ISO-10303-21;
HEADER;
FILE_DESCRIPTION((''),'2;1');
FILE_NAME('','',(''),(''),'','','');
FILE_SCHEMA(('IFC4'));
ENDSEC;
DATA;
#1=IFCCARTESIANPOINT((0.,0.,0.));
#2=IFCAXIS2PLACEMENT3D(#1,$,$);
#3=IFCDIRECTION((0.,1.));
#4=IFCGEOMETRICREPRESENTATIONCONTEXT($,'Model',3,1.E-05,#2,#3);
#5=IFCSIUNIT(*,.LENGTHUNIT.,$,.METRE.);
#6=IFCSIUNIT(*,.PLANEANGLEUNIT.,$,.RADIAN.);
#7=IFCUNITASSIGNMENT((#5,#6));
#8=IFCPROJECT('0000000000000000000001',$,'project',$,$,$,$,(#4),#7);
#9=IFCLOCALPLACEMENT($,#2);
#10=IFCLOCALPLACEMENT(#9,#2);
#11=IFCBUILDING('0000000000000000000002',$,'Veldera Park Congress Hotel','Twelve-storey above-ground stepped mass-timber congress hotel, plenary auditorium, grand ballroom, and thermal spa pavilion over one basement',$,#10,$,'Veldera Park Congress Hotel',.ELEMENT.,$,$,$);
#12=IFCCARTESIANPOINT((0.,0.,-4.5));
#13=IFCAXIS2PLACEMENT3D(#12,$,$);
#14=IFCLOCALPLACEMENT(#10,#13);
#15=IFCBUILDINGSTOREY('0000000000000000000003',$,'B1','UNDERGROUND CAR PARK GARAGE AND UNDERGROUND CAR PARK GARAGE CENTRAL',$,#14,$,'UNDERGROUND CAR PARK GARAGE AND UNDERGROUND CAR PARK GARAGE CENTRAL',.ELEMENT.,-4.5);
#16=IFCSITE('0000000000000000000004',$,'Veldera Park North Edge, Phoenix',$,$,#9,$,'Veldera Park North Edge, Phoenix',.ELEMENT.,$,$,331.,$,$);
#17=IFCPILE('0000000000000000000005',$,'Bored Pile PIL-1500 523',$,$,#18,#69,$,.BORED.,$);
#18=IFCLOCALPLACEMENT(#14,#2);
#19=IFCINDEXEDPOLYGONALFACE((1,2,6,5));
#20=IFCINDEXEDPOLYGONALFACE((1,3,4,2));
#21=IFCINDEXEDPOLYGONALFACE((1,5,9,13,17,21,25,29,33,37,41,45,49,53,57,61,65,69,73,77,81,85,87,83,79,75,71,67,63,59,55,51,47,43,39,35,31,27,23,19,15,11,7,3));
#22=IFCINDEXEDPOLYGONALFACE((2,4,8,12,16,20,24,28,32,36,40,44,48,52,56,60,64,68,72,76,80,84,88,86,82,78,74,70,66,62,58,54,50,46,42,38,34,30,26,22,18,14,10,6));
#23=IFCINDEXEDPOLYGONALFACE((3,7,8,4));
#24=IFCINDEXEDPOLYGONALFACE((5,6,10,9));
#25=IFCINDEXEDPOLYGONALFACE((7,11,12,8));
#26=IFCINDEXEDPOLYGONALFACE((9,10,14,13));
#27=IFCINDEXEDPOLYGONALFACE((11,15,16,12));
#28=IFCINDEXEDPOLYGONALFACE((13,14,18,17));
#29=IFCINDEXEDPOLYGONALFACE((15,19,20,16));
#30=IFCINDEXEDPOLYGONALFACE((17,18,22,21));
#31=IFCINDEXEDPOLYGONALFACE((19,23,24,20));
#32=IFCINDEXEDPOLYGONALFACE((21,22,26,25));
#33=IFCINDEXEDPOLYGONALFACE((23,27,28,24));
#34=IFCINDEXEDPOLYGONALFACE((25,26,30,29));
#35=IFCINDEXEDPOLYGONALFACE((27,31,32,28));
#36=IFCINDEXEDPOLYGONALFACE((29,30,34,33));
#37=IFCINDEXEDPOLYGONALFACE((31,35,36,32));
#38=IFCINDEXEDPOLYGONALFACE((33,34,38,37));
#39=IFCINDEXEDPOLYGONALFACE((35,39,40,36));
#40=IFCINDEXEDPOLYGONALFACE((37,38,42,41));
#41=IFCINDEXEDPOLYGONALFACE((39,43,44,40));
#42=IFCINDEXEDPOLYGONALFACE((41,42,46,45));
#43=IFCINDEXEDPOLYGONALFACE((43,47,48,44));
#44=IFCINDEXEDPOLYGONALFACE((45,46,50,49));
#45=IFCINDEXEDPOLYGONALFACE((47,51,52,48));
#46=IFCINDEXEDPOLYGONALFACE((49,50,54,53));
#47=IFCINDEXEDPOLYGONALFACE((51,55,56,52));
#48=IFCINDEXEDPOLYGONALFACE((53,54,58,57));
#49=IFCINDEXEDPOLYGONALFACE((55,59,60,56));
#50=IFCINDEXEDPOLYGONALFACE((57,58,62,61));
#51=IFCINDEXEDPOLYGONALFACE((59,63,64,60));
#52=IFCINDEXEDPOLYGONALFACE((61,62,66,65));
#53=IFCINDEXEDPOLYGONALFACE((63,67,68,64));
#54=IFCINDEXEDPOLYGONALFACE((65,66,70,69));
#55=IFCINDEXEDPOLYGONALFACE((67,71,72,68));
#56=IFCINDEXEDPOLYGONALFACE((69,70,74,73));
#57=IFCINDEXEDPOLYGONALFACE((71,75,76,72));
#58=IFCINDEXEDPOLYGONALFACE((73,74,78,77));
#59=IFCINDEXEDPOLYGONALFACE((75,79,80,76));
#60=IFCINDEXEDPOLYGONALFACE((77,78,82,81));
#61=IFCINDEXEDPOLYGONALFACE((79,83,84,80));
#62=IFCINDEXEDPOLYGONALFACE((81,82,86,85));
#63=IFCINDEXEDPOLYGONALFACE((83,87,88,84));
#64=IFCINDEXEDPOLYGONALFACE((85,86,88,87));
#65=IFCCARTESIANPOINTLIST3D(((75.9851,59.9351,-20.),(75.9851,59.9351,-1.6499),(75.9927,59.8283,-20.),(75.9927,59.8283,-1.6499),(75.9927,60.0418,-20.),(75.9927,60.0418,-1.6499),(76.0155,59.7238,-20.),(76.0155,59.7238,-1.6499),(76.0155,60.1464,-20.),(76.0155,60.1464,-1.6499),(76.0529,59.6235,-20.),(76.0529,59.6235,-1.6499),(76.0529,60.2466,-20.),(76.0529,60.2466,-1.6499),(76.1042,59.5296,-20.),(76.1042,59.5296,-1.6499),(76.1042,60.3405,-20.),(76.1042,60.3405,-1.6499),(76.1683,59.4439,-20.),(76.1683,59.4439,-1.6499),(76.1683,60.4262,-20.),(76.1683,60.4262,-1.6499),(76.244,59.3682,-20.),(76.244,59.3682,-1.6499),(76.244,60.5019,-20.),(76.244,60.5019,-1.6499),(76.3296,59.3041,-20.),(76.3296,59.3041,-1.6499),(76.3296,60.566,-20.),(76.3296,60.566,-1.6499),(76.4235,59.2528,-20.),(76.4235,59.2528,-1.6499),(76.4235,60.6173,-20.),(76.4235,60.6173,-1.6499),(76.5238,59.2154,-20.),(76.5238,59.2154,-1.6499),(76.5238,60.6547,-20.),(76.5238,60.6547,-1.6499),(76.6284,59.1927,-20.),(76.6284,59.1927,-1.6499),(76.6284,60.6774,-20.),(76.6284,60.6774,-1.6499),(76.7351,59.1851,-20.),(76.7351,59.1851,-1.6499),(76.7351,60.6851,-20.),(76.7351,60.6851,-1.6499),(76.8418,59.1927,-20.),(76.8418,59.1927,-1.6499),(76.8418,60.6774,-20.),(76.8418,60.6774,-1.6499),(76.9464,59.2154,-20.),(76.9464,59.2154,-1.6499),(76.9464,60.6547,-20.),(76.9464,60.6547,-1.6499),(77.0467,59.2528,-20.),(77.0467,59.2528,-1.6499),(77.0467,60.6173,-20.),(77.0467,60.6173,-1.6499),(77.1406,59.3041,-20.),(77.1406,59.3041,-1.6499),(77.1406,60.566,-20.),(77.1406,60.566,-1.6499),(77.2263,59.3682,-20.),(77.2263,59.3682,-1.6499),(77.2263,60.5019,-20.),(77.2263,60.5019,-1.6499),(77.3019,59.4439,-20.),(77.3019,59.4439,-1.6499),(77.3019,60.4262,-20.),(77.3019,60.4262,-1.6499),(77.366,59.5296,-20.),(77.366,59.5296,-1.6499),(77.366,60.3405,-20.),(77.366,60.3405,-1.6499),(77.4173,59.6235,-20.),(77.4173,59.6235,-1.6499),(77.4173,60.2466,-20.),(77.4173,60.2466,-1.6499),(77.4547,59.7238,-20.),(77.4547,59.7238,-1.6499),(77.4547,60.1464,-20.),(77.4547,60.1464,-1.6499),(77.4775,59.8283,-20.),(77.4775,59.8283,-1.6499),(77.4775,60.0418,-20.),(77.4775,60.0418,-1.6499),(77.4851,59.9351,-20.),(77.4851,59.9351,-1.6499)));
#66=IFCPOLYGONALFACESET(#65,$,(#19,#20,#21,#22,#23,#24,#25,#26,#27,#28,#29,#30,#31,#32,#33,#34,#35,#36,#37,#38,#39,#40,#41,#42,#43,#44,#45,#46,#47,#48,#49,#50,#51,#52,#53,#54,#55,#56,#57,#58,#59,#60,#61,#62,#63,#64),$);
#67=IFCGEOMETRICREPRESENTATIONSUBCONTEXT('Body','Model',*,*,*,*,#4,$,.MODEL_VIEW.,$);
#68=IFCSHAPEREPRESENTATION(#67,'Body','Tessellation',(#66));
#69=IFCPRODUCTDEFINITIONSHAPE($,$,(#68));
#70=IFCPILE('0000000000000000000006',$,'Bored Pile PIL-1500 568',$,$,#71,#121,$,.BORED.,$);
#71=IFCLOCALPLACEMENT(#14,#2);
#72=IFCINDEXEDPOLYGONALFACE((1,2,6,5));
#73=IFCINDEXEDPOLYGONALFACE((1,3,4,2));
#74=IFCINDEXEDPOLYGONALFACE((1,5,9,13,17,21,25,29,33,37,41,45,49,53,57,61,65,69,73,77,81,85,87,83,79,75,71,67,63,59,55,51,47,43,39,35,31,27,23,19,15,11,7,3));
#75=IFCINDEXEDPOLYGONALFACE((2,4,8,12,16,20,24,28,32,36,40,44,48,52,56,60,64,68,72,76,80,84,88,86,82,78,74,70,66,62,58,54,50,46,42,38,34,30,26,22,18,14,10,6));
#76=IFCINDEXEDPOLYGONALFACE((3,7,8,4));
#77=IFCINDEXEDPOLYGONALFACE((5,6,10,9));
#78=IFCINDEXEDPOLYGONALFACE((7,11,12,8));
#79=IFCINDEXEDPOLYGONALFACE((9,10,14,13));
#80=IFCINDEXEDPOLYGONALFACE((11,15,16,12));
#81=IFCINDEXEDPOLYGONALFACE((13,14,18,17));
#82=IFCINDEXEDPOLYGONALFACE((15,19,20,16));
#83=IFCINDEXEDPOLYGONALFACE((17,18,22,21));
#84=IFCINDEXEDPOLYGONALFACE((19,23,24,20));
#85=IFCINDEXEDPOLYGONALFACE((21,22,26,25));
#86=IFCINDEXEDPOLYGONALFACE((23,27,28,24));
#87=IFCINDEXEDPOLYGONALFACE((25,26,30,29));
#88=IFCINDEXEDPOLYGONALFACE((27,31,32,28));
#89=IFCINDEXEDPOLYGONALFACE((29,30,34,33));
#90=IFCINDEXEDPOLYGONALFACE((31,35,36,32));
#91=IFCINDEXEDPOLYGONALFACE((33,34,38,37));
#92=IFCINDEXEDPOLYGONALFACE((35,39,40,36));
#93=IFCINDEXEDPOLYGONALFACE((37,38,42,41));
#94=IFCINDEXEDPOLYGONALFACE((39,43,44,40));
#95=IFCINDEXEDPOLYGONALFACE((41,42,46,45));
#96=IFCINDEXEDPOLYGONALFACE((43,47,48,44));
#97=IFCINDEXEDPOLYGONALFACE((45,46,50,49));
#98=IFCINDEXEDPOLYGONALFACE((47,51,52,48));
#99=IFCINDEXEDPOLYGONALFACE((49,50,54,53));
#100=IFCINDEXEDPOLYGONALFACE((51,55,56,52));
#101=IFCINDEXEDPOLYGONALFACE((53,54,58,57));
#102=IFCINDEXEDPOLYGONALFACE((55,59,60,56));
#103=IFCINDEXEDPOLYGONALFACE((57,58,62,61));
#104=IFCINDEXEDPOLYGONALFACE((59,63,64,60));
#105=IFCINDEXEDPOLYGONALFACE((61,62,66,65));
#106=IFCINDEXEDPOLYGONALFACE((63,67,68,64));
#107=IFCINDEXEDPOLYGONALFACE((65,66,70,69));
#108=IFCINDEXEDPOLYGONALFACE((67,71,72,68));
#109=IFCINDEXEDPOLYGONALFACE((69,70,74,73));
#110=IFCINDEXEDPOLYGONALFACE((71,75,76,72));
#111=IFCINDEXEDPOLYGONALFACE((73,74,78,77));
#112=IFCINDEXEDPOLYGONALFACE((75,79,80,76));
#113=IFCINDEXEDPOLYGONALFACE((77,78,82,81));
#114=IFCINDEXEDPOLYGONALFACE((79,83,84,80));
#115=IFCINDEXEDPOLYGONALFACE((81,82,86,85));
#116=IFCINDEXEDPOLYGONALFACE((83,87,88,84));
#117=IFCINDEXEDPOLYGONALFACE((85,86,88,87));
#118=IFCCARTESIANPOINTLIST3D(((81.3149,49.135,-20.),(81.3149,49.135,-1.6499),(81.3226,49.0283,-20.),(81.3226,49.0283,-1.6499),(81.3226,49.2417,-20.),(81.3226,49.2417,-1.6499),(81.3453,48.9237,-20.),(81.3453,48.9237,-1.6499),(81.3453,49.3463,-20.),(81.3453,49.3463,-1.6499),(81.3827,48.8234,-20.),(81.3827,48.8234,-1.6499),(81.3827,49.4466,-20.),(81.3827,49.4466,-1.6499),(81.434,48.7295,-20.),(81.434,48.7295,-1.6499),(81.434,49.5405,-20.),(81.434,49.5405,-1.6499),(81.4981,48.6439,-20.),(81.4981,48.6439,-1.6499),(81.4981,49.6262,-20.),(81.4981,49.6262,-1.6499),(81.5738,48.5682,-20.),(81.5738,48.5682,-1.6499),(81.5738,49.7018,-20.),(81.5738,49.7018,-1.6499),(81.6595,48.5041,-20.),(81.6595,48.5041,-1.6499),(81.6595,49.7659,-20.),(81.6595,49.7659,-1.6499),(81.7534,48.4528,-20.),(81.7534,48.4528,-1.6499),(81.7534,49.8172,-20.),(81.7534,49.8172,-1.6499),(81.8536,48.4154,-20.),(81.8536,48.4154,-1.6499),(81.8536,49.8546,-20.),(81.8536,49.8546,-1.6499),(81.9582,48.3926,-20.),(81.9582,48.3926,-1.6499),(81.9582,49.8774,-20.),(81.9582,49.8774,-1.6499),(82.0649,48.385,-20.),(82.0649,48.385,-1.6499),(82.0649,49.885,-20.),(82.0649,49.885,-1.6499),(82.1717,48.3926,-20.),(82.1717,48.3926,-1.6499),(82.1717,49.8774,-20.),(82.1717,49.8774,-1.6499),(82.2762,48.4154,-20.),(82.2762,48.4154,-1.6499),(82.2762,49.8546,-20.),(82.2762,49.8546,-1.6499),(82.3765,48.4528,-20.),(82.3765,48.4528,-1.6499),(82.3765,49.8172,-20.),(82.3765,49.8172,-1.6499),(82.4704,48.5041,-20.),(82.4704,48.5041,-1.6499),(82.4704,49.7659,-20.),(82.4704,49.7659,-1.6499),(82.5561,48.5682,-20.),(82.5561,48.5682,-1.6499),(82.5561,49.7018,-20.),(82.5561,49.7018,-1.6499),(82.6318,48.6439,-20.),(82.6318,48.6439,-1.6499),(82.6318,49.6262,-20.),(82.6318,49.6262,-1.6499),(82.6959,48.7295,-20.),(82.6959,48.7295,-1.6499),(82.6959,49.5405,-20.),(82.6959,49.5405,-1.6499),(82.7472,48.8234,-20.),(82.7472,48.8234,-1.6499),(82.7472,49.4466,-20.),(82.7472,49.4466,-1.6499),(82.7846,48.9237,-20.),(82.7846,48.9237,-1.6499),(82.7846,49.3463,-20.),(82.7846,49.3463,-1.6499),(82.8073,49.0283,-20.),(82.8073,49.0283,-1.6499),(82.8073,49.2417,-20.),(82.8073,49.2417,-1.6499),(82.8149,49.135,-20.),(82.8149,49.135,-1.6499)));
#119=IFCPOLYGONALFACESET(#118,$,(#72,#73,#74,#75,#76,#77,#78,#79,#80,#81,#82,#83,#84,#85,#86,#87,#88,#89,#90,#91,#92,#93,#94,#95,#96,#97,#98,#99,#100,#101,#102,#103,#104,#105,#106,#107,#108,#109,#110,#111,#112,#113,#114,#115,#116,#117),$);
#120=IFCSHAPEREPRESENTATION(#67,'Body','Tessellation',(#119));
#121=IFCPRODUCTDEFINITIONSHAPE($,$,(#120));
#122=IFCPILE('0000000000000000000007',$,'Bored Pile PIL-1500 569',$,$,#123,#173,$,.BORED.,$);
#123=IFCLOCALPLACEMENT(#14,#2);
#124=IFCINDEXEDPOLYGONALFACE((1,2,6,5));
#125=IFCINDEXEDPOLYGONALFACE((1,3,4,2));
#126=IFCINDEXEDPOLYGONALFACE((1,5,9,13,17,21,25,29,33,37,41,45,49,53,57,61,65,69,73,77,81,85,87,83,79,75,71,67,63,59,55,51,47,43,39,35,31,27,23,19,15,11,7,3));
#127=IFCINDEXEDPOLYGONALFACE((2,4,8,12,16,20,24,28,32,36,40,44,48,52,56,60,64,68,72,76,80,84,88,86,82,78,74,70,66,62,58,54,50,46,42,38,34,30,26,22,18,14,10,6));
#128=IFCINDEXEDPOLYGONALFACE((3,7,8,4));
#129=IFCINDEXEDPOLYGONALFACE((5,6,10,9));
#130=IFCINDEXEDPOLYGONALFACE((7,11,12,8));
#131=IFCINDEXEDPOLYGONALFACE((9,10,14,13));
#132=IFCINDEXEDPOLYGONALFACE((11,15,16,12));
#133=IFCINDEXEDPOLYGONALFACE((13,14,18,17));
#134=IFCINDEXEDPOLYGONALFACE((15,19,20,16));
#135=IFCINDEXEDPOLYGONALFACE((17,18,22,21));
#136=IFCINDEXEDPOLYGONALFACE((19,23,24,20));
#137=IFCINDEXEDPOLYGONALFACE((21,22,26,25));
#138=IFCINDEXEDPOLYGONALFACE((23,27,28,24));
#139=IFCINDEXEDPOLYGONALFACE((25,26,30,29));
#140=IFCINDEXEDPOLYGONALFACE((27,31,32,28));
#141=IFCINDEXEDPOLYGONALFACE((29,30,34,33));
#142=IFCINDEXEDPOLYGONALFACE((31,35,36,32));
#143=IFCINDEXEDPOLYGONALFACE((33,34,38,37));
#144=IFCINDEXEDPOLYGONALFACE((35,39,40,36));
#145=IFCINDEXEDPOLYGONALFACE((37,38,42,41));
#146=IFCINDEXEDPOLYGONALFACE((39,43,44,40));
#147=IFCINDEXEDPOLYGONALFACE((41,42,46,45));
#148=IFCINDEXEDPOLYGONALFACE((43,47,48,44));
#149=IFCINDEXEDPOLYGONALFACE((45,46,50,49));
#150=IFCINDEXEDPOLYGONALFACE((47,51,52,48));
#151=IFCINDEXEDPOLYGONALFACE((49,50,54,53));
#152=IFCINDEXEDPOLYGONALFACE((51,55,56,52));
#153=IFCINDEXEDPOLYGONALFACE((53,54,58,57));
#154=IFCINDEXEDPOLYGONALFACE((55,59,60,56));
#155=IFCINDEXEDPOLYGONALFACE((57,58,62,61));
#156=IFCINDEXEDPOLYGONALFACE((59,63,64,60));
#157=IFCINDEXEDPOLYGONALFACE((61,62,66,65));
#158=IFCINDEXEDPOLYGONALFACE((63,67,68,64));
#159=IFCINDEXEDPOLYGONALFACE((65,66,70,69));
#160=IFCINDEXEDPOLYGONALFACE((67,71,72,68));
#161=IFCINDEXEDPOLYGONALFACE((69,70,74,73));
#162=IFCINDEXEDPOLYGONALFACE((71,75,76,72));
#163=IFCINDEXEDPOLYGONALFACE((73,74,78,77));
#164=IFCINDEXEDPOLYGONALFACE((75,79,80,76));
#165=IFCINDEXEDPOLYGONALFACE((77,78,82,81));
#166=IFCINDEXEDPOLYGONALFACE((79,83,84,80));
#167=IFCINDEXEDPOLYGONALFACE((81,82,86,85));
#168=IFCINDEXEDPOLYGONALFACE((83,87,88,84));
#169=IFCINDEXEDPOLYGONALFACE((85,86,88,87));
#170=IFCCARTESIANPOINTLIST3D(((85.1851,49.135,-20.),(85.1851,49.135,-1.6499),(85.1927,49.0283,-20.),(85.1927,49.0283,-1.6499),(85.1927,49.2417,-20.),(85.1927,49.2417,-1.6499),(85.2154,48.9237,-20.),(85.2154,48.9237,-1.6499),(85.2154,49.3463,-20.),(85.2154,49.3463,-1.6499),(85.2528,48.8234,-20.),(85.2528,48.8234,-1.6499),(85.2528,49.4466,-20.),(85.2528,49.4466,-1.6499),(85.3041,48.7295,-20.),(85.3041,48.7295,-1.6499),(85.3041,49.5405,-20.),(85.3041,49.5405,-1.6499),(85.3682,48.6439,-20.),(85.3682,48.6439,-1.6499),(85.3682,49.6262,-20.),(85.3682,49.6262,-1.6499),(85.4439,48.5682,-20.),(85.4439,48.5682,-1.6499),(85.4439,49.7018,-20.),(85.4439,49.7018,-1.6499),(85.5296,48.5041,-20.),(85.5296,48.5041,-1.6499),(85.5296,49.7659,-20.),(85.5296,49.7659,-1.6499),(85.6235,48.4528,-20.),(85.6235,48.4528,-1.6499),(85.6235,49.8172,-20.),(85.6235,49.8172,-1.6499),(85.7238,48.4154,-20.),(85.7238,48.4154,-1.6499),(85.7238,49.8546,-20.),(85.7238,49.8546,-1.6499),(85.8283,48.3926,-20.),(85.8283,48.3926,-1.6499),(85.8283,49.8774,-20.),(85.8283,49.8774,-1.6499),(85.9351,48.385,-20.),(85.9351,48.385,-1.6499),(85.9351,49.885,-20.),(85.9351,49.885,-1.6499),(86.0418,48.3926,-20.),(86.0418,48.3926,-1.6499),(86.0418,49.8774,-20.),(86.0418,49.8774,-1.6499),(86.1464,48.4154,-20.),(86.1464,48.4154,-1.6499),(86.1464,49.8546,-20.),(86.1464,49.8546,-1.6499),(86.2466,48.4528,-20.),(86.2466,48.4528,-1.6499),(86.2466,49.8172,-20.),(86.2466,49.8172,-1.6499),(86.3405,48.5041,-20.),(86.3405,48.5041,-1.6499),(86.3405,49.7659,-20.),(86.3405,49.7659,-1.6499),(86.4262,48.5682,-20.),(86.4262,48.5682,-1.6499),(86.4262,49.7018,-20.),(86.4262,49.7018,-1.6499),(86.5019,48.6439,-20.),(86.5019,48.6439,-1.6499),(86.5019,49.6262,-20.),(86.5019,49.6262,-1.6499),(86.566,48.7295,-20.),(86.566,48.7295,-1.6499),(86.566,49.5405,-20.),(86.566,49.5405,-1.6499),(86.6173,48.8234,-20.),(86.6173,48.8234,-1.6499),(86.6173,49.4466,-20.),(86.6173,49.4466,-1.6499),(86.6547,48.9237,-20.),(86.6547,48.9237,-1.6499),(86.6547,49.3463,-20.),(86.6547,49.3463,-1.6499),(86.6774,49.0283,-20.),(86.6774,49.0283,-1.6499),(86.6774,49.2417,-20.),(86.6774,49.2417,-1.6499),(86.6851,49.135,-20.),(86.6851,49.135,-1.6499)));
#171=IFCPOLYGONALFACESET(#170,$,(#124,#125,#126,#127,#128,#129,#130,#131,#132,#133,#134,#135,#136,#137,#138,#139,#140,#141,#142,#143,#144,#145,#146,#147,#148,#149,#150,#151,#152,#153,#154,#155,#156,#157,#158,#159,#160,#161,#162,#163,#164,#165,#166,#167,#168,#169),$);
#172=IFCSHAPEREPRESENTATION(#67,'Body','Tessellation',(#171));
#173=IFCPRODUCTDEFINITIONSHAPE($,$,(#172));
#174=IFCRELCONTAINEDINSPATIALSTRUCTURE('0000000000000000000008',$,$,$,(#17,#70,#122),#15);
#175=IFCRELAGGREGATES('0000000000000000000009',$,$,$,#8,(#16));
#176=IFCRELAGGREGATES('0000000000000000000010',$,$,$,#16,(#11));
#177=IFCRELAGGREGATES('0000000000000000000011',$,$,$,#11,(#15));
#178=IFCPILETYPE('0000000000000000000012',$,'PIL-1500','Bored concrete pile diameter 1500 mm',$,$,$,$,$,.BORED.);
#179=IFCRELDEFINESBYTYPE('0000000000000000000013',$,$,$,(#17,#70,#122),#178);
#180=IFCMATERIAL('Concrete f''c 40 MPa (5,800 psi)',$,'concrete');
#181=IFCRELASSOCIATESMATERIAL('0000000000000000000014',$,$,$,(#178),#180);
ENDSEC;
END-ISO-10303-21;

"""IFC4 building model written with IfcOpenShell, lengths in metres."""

from ifc_helpers import new_model, si_unit, direction, frame, origin, origin_2d, place, context, subcontext, project, spatial, circle, extrude, material, material_profile, profile_set, type_object, element, save


model = new_model("IFC4")

# Units and contexts
model_context = context("Model", 3, precision=1e-05, world=origin(), true_north=direction((0.0, 1.0)))
body_context = subcontext(model_context, "Body", "Model", "MODEL_VIEW")
ifc_project = project(units=[si_unit("LENGTHUNIT", "METRE"), si_unit("PLANEANGLEUNIT", "RADIAN")], contexts=[model_context])

# Site, building, storey
site_placement = place(None, origin())
site = spatial("IfcSite", under=ifc_project, at=site_placement, Name="Veldera Park North Edge, Phoenix", LongName="Veldera Park North Edge, Phoenix", CompositionType="ELEMENT", RefElevation=331.0)
building_placement = place(site_placement, origin())
building = spatial("IfcBuilding", under=site, at=building_placement, Name="Veldera Park Congress Hotel", Description="Twelve-storey above-ground stepped mass-timber congress hotel, plenary auditorium, grand ballroom, and thermal spa pavilion over one basement", LongName="Veldera Park Congress Hotel", CompositionType="ELEMENT")
storey_placement = place(building_placement, frame((0.0, 0.0, -4.5)))
storey = spatial("IfcBuildingStorey", under=building, at=storey_placement, Name="B1", Description="UNDERGROUND CAR PARK GARAGE AND UNDERGROUND CAR PARK GARAGE CENTRAL", LongName="UNDERGROUND CAR PARK GARAGE AND UNDERGROUND CAR PARK GARAGE CENTRAL", CompositionType="ELEMENT", Elevation=-4.5)

# Shared definitions
ifc_material_1 = material(Name="Concrete f'c 40 MPa (5,800 psi)", Category="concrete")

# Piles
ifc_material_profile_1 = material_profile(ifc_material_1, circle(Radius=0.75, at=origin_2d()), Name="PILE D1500")
ifc_profile_set_1 = profile_set([ifc_material_profile_1], Name="Concrete f'c 40 MPa (5,800 psi)")
pile_type = type_object("IfcPileType", Name="PIL-1500", Description="Bored concrete pile diameter 1500 mm", PredefinedType="BORED", material=ifc_profile_set_1)
for number, where, z_axis, x_axis, name in (
    (1, (76.7351, 59.9351, -1.6499), (0.0, 0.0, -1.0), (1.0, 0.0, 0.0), "Bored Pile PIL-1500 523"),
    (2, (82.0649, 49.135, -1.6499), (0.0, 0.0, -1.0), (1.0, 0.0, 0.0), "Bored Pile PIL-1500 568"),
    (3, (85.9351, 49.135, -1.6499), (0.0, 0.0, -1.0), (1.0, 0.0, 0.0), "Bored Pile PIL-1500 569"),
):
    element("IfcPile", number, at=place(storey_placement, frame(where, z_axis=z_axis, x_axis=x_axis)), inside=storey, type_object=pile_type, Name=name, PredefinedType="BORED", context=body_context, shape_type="SweptSolid", body=[
        extrude(circle(Radius=0.75, at=origin_2d()), origin(), (0.0, 0.0, 1.0), 18.3501),
    ])

save(model, "model.ifc")
